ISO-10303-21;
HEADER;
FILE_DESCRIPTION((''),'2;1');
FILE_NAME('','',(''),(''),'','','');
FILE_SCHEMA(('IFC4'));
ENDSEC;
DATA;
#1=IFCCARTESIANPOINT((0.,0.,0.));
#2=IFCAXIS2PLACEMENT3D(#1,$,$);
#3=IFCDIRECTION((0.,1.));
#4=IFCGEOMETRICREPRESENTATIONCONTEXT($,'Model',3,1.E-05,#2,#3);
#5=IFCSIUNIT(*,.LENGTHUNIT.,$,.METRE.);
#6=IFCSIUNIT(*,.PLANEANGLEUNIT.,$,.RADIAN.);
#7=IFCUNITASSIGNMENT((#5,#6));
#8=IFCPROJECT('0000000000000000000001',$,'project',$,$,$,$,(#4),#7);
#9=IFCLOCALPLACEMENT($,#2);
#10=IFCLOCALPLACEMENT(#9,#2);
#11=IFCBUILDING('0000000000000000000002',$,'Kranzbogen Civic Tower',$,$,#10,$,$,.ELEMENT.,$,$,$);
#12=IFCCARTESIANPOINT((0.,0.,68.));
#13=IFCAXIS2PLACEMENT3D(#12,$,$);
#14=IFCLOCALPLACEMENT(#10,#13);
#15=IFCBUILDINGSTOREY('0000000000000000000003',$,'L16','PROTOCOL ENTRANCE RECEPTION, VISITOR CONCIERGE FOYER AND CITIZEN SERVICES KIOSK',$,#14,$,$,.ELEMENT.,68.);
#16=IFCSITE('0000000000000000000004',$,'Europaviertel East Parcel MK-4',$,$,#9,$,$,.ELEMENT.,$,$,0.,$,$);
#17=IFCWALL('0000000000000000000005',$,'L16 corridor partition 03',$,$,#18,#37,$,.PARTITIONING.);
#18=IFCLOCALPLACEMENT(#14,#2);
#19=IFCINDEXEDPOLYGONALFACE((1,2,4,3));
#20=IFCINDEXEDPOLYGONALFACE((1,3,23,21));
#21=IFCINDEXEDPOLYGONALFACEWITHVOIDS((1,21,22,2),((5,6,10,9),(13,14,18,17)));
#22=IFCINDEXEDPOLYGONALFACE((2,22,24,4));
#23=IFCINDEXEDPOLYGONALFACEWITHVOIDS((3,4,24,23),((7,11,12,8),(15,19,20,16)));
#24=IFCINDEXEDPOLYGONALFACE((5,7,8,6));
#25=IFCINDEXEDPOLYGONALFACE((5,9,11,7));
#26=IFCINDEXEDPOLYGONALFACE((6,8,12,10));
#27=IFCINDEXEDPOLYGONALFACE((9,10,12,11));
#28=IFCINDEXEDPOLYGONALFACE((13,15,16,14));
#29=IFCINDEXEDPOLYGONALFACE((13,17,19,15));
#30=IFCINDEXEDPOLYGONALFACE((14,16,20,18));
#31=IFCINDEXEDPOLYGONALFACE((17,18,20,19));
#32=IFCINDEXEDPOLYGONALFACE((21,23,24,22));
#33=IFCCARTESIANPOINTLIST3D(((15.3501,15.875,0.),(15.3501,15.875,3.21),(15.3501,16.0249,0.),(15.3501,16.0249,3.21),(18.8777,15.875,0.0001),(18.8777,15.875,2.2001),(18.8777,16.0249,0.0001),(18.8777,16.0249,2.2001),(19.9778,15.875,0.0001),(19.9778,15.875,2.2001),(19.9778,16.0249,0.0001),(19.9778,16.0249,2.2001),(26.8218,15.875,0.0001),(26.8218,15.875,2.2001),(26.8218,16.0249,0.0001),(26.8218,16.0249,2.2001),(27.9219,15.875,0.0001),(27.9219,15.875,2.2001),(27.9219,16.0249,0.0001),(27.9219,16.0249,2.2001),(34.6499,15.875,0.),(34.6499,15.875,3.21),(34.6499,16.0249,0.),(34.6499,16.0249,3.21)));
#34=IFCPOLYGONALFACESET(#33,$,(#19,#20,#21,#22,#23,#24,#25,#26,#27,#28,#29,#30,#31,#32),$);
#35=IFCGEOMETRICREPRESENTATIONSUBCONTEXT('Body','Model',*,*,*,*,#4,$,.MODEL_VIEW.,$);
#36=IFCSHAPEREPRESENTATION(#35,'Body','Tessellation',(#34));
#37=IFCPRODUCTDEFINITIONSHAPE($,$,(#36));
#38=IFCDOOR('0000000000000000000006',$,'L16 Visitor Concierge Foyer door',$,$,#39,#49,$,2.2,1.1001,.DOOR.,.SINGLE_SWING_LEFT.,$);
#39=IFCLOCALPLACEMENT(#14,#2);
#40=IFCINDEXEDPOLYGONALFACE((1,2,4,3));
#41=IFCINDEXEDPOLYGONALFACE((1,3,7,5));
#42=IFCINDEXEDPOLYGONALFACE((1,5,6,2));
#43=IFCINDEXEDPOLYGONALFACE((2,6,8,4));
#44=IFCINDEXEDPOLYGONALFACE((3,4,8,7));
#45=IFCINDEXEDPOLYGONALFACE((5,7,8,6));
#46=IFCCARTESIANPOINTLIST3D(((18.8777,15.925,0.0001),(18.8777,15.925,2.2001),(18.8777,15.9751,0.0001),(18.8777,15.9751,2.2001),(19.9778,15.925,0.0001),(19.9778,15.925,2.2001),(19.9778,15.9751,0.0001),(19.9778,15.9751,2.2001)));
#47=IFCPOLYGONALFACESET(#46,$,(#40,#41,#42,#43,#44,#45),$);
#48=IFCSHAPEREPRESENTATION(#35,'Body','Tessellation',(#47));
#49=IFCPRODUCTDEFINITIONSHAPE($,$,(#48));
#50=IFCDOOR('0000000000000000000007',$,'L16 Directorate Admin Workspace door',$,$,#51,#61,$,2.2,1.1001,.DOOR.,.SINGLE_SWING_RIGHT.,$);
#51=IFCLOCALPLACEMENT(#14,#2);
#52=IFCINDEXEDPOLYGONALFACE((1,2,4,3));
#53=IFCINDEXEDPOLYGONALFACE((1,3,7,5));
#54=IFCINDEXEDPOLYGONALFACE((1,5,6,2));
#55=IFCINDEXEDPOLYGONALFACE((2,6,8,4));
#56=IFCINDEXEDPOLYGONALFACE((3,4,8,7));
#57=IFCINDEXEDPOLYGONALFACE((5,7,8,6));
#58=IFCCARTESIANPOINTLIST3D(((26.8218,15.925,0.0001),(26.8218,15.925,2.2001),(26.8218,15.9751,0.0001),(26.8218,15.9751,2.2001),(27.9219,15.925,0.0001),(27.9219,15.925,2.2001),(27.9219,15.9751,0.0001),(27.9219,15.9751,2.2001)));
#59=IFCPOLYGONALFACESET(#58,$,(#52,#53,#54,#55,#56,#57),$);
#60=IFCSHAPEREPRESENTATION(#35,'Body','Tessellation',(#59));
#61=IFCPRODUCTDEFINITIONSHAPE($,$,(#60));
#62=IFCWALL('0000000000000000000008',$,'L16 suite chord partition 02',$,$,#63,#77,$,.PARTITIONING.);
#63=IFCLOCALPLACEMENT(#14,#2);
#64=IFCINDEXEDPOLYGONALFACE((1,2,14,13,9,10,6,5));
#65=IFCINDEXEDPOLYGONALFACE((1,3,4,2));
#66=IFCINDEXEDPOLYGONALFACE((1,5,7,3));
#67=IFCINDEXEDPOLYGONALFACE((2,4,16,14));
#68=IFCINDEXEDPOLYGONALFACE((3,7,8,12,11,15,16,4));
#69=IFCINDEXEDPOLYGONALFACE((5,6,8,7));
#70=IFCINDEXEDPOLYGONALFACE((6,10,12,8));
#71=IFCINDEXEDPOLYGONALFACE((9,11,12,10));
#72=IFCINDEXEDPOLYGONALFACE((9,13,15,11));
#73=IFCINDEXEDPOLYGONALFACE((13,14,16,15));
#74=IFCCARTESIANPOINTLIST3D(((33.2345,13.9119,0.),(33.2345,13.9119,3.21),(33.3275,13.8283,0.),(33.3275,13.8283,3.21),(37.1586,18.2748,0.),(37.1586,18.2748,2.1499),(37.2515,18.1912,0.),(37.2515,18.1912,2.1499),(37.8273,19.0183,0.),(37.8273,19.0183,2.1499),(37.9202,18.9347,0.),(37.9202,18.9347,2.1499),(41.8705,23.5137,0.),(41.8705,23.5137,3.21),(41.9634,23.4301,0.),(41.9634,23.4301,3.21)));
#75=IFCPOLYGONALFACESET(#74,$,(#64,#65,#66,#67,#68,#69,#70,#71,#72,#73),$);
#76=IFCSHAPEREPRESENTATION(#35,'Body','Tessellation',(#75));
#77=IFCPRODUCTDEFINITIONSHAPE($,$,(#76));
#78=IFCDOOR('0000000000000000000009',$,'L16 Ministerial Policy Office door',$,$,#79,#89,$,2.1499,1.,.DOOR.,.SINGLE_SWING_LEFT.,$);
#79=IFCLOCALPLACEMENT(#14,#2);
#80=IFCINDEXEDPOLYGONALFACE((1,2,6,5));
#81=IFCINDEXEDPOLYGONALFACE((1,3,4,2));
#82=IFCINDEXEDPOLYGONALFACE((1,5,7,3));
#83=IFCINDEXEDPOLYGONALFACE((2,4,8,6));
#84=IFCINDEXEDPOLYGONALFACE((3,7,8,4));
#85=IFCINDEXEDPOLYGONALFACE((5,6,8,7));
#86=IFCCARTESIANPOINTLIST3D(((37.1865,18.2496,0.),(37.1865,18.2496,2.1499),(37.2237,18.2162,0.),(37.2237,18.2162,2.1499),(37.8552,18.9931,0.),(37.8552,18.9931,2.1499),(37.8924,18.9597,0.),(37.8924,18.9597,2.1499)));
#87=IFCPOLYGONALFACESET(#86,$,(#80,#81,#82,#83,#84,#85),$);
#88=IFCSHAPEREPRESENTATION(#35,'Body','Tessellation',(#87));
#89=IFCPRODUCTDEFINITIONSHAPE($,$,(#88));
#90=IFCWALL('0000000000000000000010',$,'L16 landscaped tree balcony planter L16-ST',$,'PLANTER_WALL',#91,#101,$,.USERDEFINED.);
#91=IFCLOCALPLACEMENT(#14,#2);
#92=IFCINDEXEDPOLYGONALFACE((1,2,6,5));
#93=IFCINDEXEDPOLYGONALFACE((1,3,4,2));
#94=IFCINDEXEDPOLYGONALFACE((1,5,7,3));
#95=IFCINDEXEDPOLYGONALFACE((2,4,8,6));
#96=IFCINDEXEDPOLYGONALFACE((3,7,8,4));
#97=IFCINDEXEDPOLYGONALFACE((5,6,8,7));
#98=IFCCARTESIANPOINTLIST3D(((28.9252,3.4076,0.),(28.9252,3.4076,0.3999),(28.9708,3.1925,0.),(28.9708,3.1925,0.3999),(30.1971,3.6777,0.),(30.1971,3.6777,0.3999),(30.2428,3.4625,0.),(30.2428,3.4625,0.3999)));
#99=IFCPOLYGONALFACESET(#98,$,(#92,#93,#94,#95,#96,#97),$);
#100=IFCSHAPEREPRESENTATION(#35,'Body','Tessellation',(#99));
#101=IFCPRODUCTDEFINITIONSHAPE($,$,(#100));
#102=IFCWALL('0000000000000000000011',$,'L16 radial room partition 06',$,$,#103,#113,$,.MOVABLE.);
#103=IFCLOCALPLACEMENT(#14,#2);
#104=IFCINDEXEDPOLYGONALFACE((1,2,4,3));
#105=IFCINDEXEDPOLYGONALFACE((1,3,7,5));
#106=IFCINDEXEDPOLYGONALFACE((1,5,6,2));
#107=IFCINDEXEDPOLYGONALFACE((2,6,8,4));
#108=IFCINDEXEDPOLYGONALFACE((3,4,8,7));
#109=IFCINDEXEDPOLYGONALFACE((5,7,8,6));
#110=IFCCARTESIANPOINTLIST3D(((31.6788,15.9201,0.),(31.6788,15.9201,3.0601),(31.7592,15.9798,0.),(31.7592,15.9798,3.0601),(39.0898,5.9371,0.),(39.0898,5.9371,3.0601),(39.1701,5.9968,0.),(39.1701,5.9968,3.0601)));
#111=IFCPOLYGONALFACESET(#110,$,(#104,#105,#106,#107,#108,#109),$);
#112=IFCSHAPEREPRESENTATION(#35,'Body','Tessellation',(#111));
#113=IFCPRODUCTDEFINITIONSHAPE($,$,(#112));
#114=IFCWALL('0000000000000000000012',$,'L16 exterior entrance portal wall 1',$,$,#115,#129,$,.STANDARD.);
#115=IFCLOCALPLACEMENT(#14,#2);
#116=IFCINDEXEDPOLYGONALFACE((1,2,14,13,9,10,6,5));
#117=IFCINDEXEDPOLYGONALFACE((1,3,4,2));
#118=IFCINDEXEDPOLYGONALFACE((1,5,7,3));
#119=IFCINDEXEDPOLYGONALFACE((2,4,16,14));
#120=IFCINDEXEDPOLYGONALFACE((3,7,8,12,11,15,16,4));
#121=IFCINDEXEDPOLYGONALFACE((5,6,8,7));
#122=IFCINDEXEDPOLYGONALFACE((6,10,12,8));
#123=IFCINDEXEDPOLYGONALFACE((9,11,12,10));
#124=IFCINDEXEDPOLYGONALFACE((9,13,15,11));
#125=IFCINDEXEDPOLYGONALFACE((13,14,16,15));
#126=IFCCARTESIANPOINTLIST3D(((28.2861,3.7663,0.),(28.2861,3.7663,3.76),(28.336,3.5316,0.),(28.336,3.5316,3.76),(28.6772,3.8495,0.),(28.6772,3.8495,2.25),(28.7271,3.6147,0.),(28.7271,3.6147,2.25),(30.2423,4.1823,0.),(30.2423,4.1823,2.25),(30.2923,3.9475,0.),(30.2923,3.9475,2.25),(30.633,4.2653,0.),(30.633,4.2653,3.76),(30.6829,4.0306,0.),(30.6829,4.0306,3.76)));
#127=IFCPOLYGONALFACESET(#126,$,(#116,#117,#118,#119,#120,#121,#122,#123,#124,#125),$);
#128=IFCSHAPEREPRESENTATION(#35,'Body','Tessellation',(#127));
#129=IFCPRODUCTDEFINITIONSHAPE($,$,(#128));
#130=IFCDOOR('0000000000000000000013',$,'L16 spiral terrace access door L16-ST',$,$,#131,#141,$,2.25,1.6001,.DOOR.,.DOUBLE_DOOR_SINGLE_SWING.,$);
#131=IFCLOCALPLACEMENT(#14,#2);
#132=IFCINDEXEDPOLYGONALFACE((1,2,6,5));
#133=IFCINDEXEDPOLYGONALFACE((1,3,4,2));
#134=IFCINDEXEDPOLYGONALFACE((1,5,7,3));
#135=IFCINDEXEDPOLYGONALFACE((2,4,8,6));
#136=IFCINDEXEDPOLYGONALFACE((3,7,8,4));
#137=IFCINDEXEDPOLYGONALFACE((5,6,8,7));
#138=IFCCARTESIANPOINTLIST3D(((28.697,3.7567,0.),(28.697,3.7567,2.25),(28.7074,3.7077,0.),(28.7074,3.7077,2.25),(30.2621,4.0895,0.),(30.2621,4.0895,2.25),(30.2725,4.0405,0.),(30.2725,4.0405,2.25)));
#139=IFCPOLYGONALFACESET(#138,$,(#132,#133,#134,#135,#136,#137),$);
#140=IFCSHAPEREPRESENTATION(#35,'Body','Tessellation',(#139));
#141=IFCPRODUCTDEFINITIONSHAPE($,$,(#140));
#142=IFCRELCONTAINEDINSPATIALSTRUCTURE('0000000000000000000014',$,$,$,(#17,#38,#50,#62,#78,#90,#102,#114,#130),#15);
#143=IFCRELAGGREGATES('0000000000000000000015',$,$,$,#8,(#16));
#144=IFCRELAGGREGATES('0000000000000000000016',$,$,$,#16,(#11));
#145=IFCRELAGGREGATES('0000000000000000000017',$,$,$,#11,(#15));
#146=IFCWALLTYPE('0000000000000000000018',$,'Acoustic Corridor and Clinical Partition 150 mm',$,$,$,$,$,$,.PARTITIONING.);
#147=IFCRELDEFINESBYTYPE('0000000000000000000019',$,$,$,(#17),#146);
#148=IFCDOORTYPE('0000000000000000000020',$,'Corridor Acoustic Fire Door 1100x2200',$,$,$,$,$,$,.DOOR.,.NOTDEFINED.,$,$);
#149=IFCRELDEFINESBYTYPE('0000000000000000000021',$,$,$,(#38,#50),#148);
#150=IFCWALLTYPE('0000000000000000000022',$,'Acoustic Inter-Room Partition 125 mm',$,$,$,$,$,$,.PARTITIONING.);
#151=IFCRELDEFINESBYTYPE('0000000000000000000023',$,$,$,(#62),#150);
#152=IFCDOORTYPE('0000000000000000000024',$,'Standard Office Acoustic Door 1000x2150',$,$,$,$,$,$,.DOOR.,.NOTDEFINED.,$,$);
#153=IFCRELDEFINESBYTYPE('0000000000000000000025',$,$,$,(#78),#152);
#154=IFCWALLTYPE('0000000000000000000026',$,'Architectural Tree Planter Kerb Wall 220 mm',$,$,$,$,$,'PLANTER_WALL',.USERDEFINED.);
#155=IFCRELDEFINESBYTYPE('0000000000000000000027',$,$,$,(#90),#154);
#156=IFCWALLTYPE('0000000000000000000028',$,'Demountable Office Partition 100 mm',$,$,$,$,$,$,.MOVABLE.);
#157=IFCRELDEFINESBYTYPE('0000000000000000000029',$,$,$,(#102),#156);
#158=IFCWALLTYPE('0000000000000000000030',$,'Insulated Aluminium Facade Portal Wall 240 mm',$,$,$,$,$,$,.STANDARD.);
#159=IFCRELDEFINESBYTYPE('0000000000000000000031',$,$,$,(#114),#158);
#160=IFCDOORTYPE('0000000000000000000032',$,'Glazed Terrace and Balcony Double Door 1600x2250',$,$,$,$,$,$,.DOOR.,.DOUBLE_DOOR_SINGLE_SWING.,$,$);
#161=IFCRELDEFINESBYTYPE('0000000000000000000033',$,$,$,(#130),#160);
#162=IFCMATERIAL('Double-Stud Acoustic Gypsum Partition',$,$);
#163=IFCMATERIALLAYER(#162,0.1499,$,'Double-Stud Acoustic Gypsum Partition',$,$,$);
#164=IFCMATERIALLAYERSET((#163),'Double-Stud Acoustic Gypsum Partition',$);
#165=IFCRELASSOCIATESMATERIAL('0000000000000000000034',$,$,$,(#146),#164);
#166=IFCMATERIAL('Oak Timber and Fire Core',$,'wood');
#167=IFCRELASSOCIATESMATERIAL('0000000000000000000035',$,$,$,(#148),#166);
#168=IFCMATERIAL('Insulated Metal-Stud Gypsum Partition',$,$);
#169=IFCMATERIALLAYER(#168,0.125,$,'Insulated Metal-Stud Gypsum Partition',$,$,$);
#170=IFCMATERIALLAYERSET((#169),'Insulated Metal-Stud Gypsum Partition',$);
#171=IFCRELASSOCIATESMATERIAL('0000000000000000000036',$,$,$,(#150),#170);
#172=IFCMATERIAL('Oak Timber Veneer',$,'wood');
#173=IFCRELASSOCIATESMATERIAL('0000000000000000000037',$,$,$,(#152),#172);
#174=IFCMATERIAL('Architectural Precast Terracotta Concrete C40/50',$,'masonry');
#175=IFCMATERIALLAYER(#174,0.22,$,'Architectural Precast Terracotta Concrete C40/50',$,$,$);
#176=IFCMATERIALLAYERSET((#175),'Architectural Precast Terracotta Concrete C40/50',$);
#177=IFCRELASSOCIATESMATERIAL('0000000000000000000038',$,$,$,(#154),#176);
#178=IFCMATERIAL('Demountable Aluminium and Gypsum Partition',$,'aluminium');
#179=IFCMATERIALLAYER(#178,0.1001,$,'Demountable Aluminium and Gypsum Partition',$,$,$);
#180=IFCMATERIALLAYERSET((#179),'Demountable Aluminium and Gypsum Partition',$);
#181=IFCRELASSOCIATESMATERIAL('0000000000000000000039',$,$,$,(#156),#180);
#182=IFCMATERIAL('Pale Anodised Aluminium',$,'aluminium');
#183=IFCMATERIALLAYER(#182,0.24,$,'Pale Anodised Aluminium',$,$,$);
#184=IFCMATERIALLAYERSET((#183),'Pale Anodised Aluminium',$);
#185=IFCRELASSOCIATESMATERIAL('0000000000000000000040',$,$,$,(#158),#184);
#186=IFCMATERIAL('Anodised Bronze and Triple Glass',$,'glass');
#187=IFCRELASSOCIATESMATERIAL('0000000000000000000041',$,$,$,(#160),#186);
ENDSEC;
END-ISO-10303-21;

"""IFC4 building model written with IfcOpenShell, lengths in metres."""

from ifc_helpers import new_model, si_unit, direction, frame, frame_2d, origin, place, context, subcontext, project, spatial, rectangle, extrude, material, layer, layer_set, type_object, element, fill, save


model = new_model("IFC4")

# Units and contexts
model_context = context("Model", 3, precision=1e-05, world=origin(), true_north=direction((0.0, 1.0)))
body_context = subcontext(model_context, "Body", "Model", "MODEL_VIEW")
ifc_project = project(units=[si_unit("LENGTHUNIT", "METRE"), si_unit("PLANEANGLEUNIT", "RADIAN")], contexts=[model_context])

# Site, building, storey
site_placement = place(None, origin())
site = spatial("IfcSite", under=ifc_project, at=site_placement, Name="Europaviertel East Parcel MK-4", CompositionType="ELEMENT", RefElevation=0.0)
building_placement = place(site_placement, origin())
building = spatial("IfcBuilding", under=site, at=building_placement, Name="Kranzbogen Civic Tower", CompositionType="ELEMENT")
storey_placement = place(building_placement, frame((0.0, 0.0, 68.0)))
storey = spatial("IfcBuildingStorey", under=building, at=storey_placement, Name="L16", Description="PROTOCOL ENTRANCE RECEPTION, VISITOR CONCIERGE FOYER AND CITIZEN SERVICES KIOSK", CompositionType="ELEMENT", Elevation=68.0)

# Shared definitions
ifc_material_1 = material(Name="Pale Anodised Aluminium", Category="aluminium")

# Wall, openings, doors
ifc_material_2 = material(Name="Double-Stud Acoustic Gypsum Partition")
ifc_layer_1 = layer(ifc_material_2, 0.1499, Name="Double-Stud Acoustic Gypsum Partition")
ifc_layer_set_1 = layer_set([ifc_layer_1], Name="Double-Stud Acoustic Gypsum Partition")
wall_type_1 = type_object("IfcWallType", Name="Acoustic Corridor and Clinical Partition 150 mm", PredefinedType="PARTITIONING", material=ifc_layer_set_1)
wall_1_placement = place(storey_placement, frame((34.6499, 15.95, 0.0), z_axis=(0.0, 0.0, 1.0), x_axis=(-1.0, 0.0, 0.0)))
wall_1 = element("IfcWall", 1, at=wall_1_placement, inside=storey, type_object=wall_type_1, Name="L16 corridor partition 03", PredefinedType="PARTITIONING", context=body_context, shape_type="SweptSolid", body=[
    extrude(rectangle(XDim=19.2998, YDim=0.1499, at=frame_2d((9.6499, 0.0))), origin(), (0.0, 0.0, 1.0), 3.21),
])
opening_1_placement = place(wall_1_placement, frame((14.6721, 0.0, 0.0)))
opening_1 = element("IfcOpeningElement", 2, at=opening_1_placement, cuts=wall_1, PredefinedType="OPENING", context=body_context, shape_type="SweptSolid", body=[
    extrude(rectangle(XDim=1.1001, YDim=2.2, at=frame_2d((0.55, 1.1001))), frame((0.0, 0.085, 0.0), z_axis=(0.0, -1.0, 0.0), x_axis=(1.0, 0.0, 0.0)), (0.0, 0.0, 1.0), 0.1699),
])
opening_2_placement = place(wall_1_placement, frame((6.728, 0.0, 0.0)))
opening_2 = element("IfcOpeningElement", 3, at=opening_2_placement, cuts=wall_1, PredefinedType="OPENING", context=body_context, shape_type="SweptSolid", body=[
    extrude(rectangle(XDim=1.1001, YDim=2.2, at=frame_2d((0.55, 1.1001))), frame((0.0, 0.085, 0.0), z_axis=(0.0, -1.0, 0.0), x_axis=(1.0, 0.0, 0.0)), (0.0, 0.0, 1.0), 0.1699),
])
ifc_material_3 = material(Name="Oak Timber and Fire Core", Category="wood")
door_type_1 = type_object("IfcDoorType", Name="Corridor Acoustic Fire Door 1100x2200", OperationType="NOTDEFINED", PredefinedType="DOOR", material=ifc_material_3)
door_1_placement = place(opening_1_placement, origin())
door_1 = element("IfcDoor", 4, at=door_1_placement, inside=storey, type_object=door_type_1, Name="L16 Visitor Concierge Foyer door", OperationType="SINGLE_SWING_LEFT", OverallHeight=2.2, OverallWidth=1.1001, PredefinedType="DOOR", context=body_context, shape_type="SweptSolid", body=[
    extrude(rectangle(XDim=1.1001, YDim=2.2, at=frame_2d((0.55, 1.1001))), frame((0.0, 0.0249, 0.0), z_axis=(0.0, -1.0, 0.0), x_axis=(1.0, 0.0, 0.0)), (0.0, 0.0, 1.0), 0.05),
])
fill(opening_1, door_1)
door_2_placement = place(opening_2_placement, origin())
door_2 = element("IfcDoor", 5, at=door_2_placement, inside=storey, type_object=door_type_1, Name="L16 Directorate Admin Workspace door", OperationType="SINGLE_SWING_RIGHT", OverallHeight=2.2, OverallWidth=1.1001, PredefinedType="DOOR", context=body_context, shape_type="SweptSolid", body=[
    extrude(rectangle(XDim=1.1001, YDim=2.2, at=frame_2d((0.55, 1.1001))), frame((0.0, 0.0249, 0.0), z_axis=(0.0, -1.0, 0.0), x_axis=(1.0, 0.0, 0.0)), (0.0, 0.0, 1.0), 0.05),
])
fill(opening_2, door_2)

# Wall, opening, door
ifc_material_4 = material(Name="Insulated Metal-Stud Gypsum Partition")
ifc_layer_2 = layer(ifc_material_4, 0.125, Name="Insulated Metal-Stud Gypsum Partition")
ifc_layer_set_2 = layer_set([ifc_layer_2], Name="Insulated Metal-Stud Gypsum Partition")
wall_type_2 = type_object("IfcWallType", Name="Acoustic Inter-Room Partition 125 mm", PredefinedType="PARTITIONING", material=ifc_layer_set_2)
wall_2_placement = place(storey_placement, frame((33.281, 13.8701, 0.0), z_axis=(0.0, 0.0, 1.0), x_axis=(0.668723, 0.743511, 0.0)))
wall_2 = element("IfcWall", 6, at=wall_2_placement, inside=storey, type_object=wall_type_2, Name="L16 suite chord partition 02", PredefinedType="PARTITIONING", context=body_context, shape_type="SweptSolid", body=[
    extrude(rectangle(XDim=12.9141, YDim=0.125, at=frame_2d((6.457, 0.0))), origin(), (0.0, 0.0, 1.0), 3.21),
])
opening_3_placement = place(wall_2_placement, frame((5.8679, 0.0, 0.0)))
opening_3 = element("IfcOpeningElement", 7, at=opening_3_placement, cuts=wall_2, PredefinedType="OPENING", context=body_context, shape_type="SweptSolid", body=[
    extrude(rectangle(XDim=1.0, YDim=2.1499, at=frame_2d((0.5, 1.075))), frame((0.0, 0.0725, 0.0), z_axis=(0.0, -1.0, 0.0), x_axis=(1.0, 0.0, 0.0)), (0.0, 0.0, 1.0), 0.145),
])
ifc_material_5 = material(Name="Oak Timber Veneer", Category="wood")
door_type_2 = type_object("IfcDoorType", Name="Standard Office Acoustic Door 1000x2150", OperationType="NOTDEFINED", PredefinedType="DOOR", material=ifc_material_5)
door_3_placement = place(opening_3_placement, origin())
door_3 = element("IfcDoor", 8, at=door_3_placement, inside=storey, type_object=door_type_2, Name="L16 Ministerial Policy Office door", OperationType="SINGLE_SWING_LEFT", OverallHeight=2.1499, OverallWidth=1.0, PredefinedType="DOOR", context=body_context, shape_type="SweptSolid", body=[
    extrude(rectangle(XDim=1.0, YDim=2.1499, at=frame_2d((0.5, 1.075))), frame((0.0, 0.0249, 0.0), z_axis=(0.0, -1.0, 0.0), x_axis=(1.0, 0.0, 0.0)), (0.0, 0.0, 1.0), 0.05),
])
fill(opening_3, door_3)

# Walls
ifc_material_6 = material(Name="Architectural Precast Terracotta Concrete C40/50", Category="masonry")
ifc_layer_3 = layer(ifc_material_6, 0.22, Name="Architectural Precast Terracotta Concrete C40/50")
ifc_layer_set_3 = layer_set([ifc_layer_3], Name="Architectural Precast Terracotta Concrete C40/50")
wall_type_3 = type_object("IfcWallType", Name="Architectural Tree Planter Kerb Wall 220 mm", ElementType="PLANTER_WALL", PredefinedType="USERDEFINED", material=ifc_layer_set_3)
wall_3_placement = place(storey_placement, frame((28.948, 3.3, 0.0), z_axis=(0.0, 0.0, 1.0), x_axis=(0.978202, 0.207657, 0.0)))
element("IfcWall", 9, at=wall_3_placement, inside=storey, type_object=wall_type_3, Name="L16 landscaped tree balcony planter L16-ST", ObjectType="PLANTER_WALL", PredefinedType="USERDEFINED", context=body_context, shape_type="SweptSolid", body=[
    extrude(rectangle(XDim=1.3003, YDim=0.22, at=frame_2d((0.6501, 0.0))), origin(), (0.0, 0.0, 1.0), 0.3999),
])
ifc_material_7 = material(Name="Demountable Aluminium and Gypsum Partition", Category="aluminium")
ifc_layer_4 = layer(ifc_material_7, 0.1001, Name="Demountable Aluminium and Gypsum Partition")
ifc_layer_set_4 = layer_set([ifc_layer_4], Name="Demountable Aluminium and Gypsum Partition")
wall_type_4 = type_object("IfcWallType", Name="Demountable Office Partition 100 mm", PredefinedType="MOVABLE", material=ifc_layer_set_4)
wall_4_placement = place(storey_placement, frame((31.719, 15.95, 0.0), z_axis=(0.0, 0.0, 1.0), x_axis=(0.596065, -0.802936, 0.0)))
element("IfcWall", 10, at=wall_4_placement, inside=storey, type_object=wall_type_4, Name="L16 radial room partition 06", PredefinedType="MOVABLE", context=body_context, shape_type="SweptSolid", body=[
    extrude(rectangle(XDim=12.4331, YDim=0.1001, at=frame_2d((6.2166, 0.0))), origin(), (0.0, 0.0, 1.0), 3.0601),
])

# Wall, opening, door
ifc_layer_5 = layer(ifc_material_1, 0.24, Name="Pale Anodised Aluminium")
ifc_layer_set_5 = layer_set([ifc_layer_5], Name="Pale Anodised Aluminium")
wall_type_5 = type_object("IfcWallType", Name="Insulated Aluminium Facade Portal Wall 240 mm", PredefinedType="STANDARD", material=ifc_layer_set_5)
wall_5_placement = place(storey_placement, frame((28.311, 3.6489, 0.0), z_axis=(0.0, 0.0, 1.0), x_axis=(0.978133, 0.207979, 0.0)))
wall_5 = element("IfcWall", 11, at=wall_5_placement, inside=storey, type_object=wall_type_5, Name="L16 exterior entrance portal wall 1", PredefinedType="STANDARD", context=body_context, shape_type="SweptSolid", body=[
    extrude(rectangle(XDim=2.3994, YDim=0.24, at=frame_2d((1.1997, 0.0))), origin(), (0.0, 0.0, 1.0), 3.76),
])
opening_4_placement = place(wall_5_placement, frame((0.3999, 0.0, 0.0)))
opening_4 = element("IfcOpeningElement", 12, at=opening_4_placement, cuts=wall_5, PredefinedType="OPENING", context=body_context, shape_type="SweptSolid", body=[
    extrude(rectangle(XDim=1.6001, YDim=2.25, at=frame_2d((0.8, 1.125))), frame((0.0, 0.1299, 0.0), z_axis=(0.0, -1.0, 0.0), x_axis=(1.0, 0.0, 0.0)), (0.0, 0.0, 1.0), 0.26),
])
ifc_material_8 = material(Name="Anodised Bronze and Triple Glass", Category="glass")
door_type_3 = type_object("IfcDoorType", Name="Glazed Terrace and Balcony Double Door 1600x2250", OperationType="DOUBLE_DOOR_SINGLE_SWING", PredefinedType="DOOR", material=ifc_material_8)
door_4_placement = place(opening_4_placement, frame((1.6001, 0.0, 0.0), z_axis=(0.0, 0.0, 1.0), x_axis=(-1.0, 0.0, 0.0)))
door_4 = element("IfcDoor", 13, at=door_4_placement, inside=storey, type_object=door_type_3, Name="L16 spiral terrace access door L16-ST", OperationType="DOUBLE_DOOR_SINGLE_SWING", OverallHeight=2.25, OverallWidth=1.6001, PredefinedType="DOOR", context=body_context, shape_type="SweptSolid", body=[
    extrude(rectangle(XDim=1.6001, YDim=2.25, at=frame_2d((0.8, 1.125))), frame((0.0, 0.0249, 0.0), z_axis=(0.0, -1.0, 0.0), x_axis=(1.0, 0.0, 0.0)), (0.0, 0.0, 1.0), 0.05),
])
fill(opening_4, door_4)

save(model, "model.ifc")
